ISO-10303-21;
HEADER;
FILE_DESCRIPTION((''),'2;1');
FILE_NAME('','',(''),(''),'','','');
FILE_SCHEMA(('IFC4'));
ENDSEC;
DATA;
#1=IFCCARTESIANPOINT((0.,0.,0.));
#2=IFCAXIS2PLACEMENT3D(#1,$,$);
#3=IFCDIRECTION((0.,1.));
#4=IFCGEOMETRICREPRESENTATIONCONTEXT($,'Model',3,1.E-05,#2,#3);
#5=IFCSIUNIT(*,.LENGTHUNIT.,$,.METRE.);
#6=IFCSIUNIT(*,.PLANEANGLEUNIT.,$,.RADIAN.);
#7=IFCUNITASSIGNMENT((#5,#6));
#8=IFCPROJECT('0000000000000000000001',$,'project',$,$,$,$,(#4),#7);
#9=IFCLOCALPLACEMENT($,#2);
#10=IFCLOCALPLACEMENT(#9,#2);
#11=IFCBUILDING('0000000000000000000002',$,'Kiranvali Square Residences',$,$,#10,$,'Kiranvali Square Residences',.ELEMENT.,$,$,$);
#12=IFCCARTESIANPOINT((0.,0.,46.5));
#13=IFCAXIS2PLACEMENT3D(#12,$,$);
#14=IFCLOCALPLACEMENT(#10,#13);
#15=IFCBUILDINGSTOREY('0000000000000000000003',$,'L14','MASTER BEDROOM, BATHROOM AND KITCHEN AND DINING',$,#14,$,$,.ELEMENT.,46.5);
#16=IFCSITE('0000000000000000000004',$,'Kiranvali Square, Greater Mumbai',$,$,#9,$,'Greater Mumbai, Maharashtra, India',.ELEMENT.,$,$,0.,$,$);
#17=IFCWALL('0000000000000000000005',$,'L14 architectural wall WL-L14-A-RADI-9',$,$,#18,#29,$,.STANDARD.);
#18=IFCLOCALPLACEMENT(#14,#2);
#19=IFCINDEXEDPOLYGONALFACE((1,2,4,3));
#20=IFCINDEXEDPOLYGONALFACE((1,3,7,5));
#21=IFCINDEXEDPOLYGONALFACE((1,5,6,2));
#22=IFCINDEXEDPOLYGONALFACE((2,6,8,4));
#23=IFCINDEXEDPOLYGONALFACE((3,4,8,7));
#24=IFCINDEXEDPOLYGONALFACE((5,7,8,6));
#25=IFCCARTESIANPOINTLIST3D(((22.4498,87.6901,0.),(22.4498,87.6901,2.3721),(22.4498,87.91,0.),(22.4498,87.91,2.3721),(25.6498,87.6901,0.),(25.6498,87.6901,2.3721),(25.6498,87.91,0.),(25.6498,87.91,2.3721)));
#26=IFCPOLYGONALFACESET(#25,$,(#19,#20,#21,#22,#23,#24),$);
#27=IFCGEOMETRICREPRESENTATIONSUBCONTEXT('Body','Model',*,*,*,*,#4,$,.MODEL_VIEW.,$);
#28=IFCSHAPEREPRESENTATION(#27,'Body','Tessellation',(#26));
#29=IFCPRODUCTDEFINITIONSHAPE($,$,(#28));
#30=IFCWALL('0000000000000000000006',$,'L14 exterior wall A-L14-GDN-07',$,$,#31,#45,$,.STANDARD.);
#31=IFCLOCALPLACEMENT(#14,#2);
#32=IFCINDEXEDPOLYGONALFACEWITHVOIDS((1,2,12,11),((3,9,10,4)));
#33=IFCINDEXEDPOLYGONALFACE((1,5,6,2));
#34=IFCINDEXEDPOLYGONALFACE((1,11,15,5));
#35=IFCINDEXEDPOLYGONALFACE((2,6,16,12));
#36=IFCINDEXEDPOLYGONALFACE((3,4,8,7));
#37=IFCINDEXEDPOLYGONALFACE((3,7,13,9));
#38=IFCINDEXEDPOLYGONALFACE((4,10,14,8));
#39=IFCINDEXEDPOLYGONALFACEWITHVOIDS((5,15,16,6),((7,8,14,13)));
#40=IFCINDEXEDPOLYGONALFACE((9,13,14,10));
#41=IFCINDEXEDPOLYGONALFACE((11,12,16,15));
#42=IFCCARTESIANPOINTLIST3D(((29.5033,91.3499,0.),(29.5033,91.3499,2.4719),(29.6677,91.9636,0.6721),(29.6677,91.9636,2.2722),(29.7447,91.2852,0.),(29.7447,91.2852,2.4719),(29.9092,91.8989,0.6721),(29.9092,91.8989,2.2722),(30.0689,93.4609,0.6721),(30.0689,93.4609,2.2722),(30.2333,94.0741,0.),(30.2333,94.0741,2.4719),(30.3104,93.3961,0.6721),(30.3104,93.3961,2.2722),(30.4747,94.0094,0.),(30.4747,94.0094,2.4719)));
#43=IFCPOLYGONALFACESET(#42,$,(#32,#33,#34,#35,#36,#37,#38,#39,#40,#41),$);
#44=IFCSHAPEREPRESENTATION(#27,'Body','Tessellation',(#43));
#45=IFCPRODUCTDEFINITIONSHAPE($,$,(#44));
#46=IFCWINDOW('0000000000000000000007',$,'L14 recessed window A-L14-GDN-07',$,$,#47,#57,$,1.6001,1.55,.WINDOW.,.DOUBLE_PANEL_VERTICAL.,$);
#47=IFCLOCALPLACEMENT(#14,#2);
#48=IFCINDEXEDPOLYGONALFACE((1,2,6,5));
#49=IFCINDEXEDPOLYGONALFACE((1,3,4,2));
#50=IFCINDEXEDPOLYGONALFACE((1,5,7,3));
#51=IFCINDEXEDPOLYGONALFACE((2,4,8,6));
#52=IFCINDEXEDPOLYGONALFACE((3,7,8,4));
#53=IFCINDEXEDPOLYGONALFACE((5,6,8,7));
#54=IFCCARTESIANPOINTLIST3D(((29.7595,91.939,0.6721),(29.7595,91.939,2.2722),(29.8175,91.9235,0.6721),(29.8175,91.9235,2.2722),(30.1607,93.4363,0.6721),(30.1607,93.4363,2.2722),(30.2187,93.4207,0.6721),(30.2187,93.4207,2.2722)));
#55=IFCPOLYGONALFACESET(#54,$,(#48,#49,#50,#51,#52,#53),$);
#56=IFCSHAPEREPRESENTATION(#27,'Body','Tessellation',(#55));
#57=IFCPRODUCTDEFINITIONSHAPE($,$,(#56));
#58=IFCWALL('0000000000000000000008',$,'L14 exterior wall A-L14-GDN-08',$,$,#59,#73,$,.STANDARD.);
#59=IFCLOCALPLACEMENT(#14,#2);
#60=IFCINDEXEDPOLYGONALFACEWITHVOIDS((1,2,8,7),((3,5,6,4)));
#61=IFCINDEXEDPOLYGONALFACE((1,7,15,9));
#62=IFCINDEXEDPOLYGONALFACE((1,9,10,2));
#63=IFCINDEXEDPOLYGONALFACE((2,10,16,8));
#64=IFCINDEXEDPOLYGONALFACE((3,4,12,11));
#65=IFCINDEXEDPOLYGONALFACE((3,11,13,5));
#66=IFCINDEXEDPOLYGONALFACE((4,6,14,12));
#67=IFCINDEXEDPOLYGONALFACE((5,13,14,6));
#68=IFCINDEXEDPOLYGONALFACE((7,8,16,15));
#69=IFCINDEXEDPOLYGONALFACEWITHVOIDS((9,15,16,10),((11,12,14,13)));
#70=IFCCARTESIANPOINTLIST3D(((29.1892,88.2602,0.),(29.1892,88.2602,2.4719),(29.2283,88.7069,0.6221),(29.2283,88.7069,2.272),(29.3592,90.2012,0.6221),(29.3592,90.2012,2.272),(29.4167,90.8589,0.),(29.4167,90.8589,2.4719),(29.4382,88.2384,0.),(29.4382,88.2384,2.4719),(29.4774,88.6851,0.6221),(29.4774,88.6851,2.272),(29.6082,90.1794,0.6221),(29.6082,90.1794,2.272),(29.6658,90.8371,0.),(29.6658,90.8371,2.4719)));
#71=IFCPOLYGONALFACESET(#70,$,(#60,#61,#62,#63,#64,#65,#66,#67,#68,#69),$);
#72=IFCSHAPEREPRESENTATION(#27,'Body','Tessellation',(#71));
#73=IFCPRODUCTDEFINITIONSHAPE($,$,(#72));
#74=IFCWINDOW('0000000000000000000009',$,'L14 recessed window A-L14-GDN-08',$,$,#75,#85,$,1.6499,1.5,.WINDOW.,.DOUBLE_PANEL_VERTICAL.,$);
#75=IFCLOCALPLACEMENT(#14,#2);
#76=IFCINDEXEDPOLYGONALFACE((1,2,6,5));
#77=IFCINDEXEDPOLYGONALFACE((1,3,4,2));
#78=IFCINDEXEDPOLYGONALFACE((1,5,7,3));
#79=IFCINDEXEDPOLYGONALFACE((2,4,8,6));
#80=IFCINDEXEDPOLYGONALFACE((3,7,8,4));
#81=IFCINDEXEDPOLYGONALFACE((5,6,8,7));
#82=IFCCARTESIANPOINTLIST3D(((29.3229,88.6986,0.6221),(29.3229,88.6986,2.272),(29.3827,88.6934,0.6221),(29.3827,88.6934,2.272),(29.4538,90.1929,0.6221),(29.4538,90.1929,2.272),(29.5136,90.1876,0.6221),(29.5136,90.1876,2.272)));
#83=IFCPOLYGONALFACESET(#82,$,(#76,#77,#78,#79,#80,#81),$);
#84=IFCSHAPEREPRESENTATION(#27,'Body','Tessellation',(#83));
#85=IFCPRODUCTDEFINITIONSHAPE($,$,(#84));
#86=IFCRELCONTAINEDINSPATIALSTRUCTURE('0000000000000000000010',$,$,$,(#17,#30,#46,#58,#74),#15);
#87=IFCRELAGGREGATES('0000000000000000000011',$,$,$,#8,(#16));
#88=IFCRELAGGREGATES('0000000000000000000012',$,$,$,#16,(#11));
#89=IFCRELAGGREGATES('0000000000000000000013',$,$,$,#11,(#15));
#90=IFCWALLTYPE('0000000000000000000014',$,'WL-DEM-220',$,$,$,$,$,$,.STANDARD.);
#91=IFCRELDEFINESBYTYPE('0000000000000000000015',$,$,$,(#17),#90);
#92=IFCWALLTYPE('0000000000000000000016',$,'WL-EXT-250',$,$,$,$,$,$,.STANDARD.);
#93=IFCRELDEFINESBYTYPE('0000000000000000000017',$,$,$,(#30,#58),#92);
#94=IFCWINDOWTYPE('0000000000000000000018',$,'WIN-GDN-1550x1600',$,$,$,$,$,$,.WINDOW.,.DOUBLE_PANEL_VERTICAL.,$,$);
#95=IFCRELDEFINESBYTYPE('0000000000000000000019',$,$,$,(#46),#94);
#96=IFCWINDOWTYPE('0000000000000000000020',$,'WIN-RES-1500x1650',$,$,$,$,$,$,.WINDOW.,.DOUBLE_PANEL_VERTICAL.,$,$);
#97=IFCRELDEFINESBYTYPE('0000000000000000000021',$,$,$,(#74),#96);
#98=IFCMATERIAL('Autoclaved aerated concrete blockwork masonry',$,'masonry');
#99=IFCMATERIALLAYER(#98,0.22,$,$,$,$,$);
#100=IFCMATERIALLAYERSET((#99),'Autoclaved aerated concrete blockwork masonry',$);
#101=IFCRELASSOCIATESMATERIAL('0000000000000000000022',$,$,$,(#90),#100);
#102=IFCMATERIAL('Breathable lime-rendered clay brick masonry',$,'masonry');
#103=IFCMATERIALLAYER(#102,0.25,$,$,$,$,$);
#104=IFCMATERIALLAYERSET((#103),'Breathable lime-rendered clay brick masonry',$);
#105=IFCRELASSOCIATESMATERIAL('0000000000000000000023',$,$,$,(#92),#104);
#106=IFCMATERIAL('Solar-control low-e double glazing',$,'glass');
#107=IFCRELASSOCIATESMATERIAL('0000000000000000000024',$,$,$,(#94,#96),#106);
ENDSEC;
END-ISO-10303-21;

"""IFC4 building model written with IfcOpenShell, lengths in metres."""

from ifc_helpers import new_model, si_unit, direction, frame, frame_2d, origin, place, context, subcontext, project, spatial, rectangle, extrude, material, layer, layer_set, type_object, element, fill, save


model = new_model("IFC4")

# Units and contexts
model_context = context("Model", 3, precision=1e-05, world=origin(), true_north=direction((0.0, 1.0)))
body_context = subcontext(model_context, "Body", "Model", "MODEL_VIEW")
ifc_project = project(units=[si_unit("LENGTHUNIT", "METRE"), si_unit("PLANEANGLEUNIT", "RADIAN")], contexts=[model_context])

# Site, building, storey
site_placement = place(None, origin())
site = spatial("IfcSite", under=ifc_project, at=site_placement, Name="Kiranvali Square, Greater Mumbai", LongName="Greater Mumbai, Maharashtra, India", CompositionType="ELEMENT", RefElevation=0.0)
building_placement = place(site_placement, origin())
building = spatial("IfcBuilding", under=site, at=building_placement, Name="Kiranvali Square Residences", LongName="Kiranvali Square Residences", CompositionType="ELEMENT")
storey_placement = place(building_placement, frame((0.0, 0.0, 46.5)))
storey = spatial("IfcBuildingStorey", under=building, at=storey_placement, Name="L14", Description="MASTER BEDROOM, BATHROOM AND KITCHEN AND DINING", CompositionType="ELEMENT", Elevation=46.5)

# Wall
ifc_material_1 = material(Name="Autoclaved aerated concrete blockwork masonry", Category="masonry")
ifc_layer_1 = layer(ifc_material_1, 0.22)
ifc_layer_set_1 = layer_set([ifc_layer_1], Name="Autoclaved aerated concrete blockwork masonry")
wall_type_1 = type_object("IfcWallType", Name="WL-DEM-220", PredefinedType="STANDARD", material=ifc_layer_set_1)
wall_1_placement = place(storey_placement, frame((25.6499, 87.8, 0.0), z_axis=(0.0, 0.0, 1.0), x_axis=(-1.0, 0.0, 0.0)))
element("IfcWall", 1, at=wall_1_placement, inside=storey, type_object=wall_type_1, Name="L14 architectural wall WL-L14-A-RADI-9", PredefinedType="STANDARD", context=body_context, shape_type="SweptSolid", body=[
    extrude(rectangle(XDim=3.2, YDim=0.22, at=frame_2d((1.6001, 0.0))), origin(), (0.0, 0.0, 1.0), 2.3721),
])

# Walls, openings, windows
ifc_material_2 = material(Name="Breathable lime-rendered clay brick masonry", Category="masonry")
ifc_layer_2 = layer(ifc_material_2, 0.25)
ifc_layer_set_2 = layer_set([ifc_layer_2], Name="Breathable lime-rendered clay brick masonry")
wall_type_2 = type_object("IfcWallType", Name="WL-EXT-250", PredefinedType="STANDARD", material=ifc_layer_set_2)
wall_2_placement = place(storey_placement, frame((30.354, 94.0417, 0.0), z_axis=(0.0, 0.0, 1.0), x_axis=(-0.258837, -0.965921, 0.0)))
wall_2 = element("IfcWall", 2, at=wall_2_placement, inside=storey, type_object=wall_type_2, Name="L14 exterior wall A-L14-GDN-07", PredefinedType="STANDARD", context=body_context, shape_type="SweptSolid", body=[
    extrude(rectangle(XDim=2.8203, YDim=0.25, at=frame_2d((1.4102, 0.0))), origin(), (0.0, 0.0, 1.0), 2.4719),
])
opening_1_placement = place(wall_2_placement, frame((0.635, 0.0, 0.6721)))
opening_1 = element("IfcOpeningElement", 3, at=opening_1_placement, cuts=wall_2, PredefinedType="OPENING", context=body_context, shape_type="SweptSolid", body=[
    extrude(rectangle(XDim=1.55, YDim=1.6001, at=frame_2d((0.7749, 0.8))), frame((0.0, 0.135, 0.0), z_axis=(0.0, -1.0, 0.0), x_axis=(1.0, 0.0, 0.0)), (0.0, 0.0, 1.0), 0.27),
])
ifc_material_3 = material(Name="Solar-control low-e double glazing", Category="glass")
window_type_1 = type_object("IfcWindowType", Name="WIN-GDN-1550x1600", PartitioningType="DOUBLE_PANEL_VERTICAL", PredefinedType="WINDOW", material=ifc_material_3)
window_1_placement = place(opening_1_placement, origin())
window_1 = element("IfcWindow", 4, at=window_1_placement, inside=storey, type_object=window_type_1, Name="L14 recessed window A-L14-GDN-07", OverallHeight=1.6001, OverallWidth=1.55, PartitioningType="DOUBLE_PANEL_VERTICAL", PredefinedType="WINDOW", context=body_context, shape_type="SweptSolid", body=[
    extrude(rectangle(XDim=1.55, YDim=1.6001, at=frame_2d((0.7749, 0.8))), frame((0.0, 0.03, 0.0), z_axis=(0.0, -1.0, 0.0), x_axis=(1.0, 0.0, 0.0)), (0.0, 0.0, 1.0), 0.0601),
])
fill(opening_1, window_1)
wall_3_placement = place(storey_placement, frame((29.5413, 90.8479, 0.0), z_axis=(0.0, 0.0, 1.0), x_axis=(-0.087227, -0.996188, 0.0)))
wall_3 = element("IfcWall", 5, at=wall_3_placement, inside=storey, type_object=wall_type_2, Name="L14 exterior wall A-L14-GDN-08", PredefinedType="STANDARD", context=body_context, shape_type="SweptSolid", body=[
    extrude(rectangle(XDim=2.6086, YDim=0.25, at=frame_2d((1.3042, 0.0))), origin(), (0.0, 0.0, 1.0), 2.4719),
])
opening_2_placement = place(wall_3_placement, frame((0.6602, 0.0, 0.6221)))
opening_2 = element("IfcOpeningElement", 6, at=opening_2_placement, cuts=wall_3, PredefinedType="OPENING", context=body_context, shape_type="SweptSolid", body=[
    extrude(rectangle(XDim=1.5, YDim=1.6499, at=frame_2d((0.75, 0.825))), frame((0.0, 0.135, 0.0), z_axis=(0.0, -1.0, 0.0), x_axis=(1.0, 0.0, 0.0)), (0.0, 0.0, 1.0), 0.27),
])
window_type_2 = type_object("IfcWindowType", Name="WIN-RES-1500x1650", PartitioningType="DOUBLE_PANEL_VERTICAL", PredefinedType="WINDOW", material=ifc_material_3)
window_2_placement = place(opening_2_placement, origin())
window_2 = element("IfcWindow", 7, at=window_2_placement, inside=storey, type_object=window_type_2, Name="L14 recessed window A-L14-GDN-08", OverallHeight=1.6499, OverallWidth=1.5, PartitioningType="DOUBLE_PANEL_VERTICAL", PredefinedType="WINDOW", context=body_context, shape_type="SweptSolid", body=[
    extrude(rectangle(XDim=1.5, YDim=1.6499, at=frame_2d((0.75, 0.825))), frame((0.0, 0.03, 0.0), z_axis=(0.0, -1.0, 0.0), x_axis=(1.0, 0.0, 0.0)), (0.0, 0.0, 1.0), 0.0601),
])
fill(opening_2, window_2)

save(model, "model.ifc")
